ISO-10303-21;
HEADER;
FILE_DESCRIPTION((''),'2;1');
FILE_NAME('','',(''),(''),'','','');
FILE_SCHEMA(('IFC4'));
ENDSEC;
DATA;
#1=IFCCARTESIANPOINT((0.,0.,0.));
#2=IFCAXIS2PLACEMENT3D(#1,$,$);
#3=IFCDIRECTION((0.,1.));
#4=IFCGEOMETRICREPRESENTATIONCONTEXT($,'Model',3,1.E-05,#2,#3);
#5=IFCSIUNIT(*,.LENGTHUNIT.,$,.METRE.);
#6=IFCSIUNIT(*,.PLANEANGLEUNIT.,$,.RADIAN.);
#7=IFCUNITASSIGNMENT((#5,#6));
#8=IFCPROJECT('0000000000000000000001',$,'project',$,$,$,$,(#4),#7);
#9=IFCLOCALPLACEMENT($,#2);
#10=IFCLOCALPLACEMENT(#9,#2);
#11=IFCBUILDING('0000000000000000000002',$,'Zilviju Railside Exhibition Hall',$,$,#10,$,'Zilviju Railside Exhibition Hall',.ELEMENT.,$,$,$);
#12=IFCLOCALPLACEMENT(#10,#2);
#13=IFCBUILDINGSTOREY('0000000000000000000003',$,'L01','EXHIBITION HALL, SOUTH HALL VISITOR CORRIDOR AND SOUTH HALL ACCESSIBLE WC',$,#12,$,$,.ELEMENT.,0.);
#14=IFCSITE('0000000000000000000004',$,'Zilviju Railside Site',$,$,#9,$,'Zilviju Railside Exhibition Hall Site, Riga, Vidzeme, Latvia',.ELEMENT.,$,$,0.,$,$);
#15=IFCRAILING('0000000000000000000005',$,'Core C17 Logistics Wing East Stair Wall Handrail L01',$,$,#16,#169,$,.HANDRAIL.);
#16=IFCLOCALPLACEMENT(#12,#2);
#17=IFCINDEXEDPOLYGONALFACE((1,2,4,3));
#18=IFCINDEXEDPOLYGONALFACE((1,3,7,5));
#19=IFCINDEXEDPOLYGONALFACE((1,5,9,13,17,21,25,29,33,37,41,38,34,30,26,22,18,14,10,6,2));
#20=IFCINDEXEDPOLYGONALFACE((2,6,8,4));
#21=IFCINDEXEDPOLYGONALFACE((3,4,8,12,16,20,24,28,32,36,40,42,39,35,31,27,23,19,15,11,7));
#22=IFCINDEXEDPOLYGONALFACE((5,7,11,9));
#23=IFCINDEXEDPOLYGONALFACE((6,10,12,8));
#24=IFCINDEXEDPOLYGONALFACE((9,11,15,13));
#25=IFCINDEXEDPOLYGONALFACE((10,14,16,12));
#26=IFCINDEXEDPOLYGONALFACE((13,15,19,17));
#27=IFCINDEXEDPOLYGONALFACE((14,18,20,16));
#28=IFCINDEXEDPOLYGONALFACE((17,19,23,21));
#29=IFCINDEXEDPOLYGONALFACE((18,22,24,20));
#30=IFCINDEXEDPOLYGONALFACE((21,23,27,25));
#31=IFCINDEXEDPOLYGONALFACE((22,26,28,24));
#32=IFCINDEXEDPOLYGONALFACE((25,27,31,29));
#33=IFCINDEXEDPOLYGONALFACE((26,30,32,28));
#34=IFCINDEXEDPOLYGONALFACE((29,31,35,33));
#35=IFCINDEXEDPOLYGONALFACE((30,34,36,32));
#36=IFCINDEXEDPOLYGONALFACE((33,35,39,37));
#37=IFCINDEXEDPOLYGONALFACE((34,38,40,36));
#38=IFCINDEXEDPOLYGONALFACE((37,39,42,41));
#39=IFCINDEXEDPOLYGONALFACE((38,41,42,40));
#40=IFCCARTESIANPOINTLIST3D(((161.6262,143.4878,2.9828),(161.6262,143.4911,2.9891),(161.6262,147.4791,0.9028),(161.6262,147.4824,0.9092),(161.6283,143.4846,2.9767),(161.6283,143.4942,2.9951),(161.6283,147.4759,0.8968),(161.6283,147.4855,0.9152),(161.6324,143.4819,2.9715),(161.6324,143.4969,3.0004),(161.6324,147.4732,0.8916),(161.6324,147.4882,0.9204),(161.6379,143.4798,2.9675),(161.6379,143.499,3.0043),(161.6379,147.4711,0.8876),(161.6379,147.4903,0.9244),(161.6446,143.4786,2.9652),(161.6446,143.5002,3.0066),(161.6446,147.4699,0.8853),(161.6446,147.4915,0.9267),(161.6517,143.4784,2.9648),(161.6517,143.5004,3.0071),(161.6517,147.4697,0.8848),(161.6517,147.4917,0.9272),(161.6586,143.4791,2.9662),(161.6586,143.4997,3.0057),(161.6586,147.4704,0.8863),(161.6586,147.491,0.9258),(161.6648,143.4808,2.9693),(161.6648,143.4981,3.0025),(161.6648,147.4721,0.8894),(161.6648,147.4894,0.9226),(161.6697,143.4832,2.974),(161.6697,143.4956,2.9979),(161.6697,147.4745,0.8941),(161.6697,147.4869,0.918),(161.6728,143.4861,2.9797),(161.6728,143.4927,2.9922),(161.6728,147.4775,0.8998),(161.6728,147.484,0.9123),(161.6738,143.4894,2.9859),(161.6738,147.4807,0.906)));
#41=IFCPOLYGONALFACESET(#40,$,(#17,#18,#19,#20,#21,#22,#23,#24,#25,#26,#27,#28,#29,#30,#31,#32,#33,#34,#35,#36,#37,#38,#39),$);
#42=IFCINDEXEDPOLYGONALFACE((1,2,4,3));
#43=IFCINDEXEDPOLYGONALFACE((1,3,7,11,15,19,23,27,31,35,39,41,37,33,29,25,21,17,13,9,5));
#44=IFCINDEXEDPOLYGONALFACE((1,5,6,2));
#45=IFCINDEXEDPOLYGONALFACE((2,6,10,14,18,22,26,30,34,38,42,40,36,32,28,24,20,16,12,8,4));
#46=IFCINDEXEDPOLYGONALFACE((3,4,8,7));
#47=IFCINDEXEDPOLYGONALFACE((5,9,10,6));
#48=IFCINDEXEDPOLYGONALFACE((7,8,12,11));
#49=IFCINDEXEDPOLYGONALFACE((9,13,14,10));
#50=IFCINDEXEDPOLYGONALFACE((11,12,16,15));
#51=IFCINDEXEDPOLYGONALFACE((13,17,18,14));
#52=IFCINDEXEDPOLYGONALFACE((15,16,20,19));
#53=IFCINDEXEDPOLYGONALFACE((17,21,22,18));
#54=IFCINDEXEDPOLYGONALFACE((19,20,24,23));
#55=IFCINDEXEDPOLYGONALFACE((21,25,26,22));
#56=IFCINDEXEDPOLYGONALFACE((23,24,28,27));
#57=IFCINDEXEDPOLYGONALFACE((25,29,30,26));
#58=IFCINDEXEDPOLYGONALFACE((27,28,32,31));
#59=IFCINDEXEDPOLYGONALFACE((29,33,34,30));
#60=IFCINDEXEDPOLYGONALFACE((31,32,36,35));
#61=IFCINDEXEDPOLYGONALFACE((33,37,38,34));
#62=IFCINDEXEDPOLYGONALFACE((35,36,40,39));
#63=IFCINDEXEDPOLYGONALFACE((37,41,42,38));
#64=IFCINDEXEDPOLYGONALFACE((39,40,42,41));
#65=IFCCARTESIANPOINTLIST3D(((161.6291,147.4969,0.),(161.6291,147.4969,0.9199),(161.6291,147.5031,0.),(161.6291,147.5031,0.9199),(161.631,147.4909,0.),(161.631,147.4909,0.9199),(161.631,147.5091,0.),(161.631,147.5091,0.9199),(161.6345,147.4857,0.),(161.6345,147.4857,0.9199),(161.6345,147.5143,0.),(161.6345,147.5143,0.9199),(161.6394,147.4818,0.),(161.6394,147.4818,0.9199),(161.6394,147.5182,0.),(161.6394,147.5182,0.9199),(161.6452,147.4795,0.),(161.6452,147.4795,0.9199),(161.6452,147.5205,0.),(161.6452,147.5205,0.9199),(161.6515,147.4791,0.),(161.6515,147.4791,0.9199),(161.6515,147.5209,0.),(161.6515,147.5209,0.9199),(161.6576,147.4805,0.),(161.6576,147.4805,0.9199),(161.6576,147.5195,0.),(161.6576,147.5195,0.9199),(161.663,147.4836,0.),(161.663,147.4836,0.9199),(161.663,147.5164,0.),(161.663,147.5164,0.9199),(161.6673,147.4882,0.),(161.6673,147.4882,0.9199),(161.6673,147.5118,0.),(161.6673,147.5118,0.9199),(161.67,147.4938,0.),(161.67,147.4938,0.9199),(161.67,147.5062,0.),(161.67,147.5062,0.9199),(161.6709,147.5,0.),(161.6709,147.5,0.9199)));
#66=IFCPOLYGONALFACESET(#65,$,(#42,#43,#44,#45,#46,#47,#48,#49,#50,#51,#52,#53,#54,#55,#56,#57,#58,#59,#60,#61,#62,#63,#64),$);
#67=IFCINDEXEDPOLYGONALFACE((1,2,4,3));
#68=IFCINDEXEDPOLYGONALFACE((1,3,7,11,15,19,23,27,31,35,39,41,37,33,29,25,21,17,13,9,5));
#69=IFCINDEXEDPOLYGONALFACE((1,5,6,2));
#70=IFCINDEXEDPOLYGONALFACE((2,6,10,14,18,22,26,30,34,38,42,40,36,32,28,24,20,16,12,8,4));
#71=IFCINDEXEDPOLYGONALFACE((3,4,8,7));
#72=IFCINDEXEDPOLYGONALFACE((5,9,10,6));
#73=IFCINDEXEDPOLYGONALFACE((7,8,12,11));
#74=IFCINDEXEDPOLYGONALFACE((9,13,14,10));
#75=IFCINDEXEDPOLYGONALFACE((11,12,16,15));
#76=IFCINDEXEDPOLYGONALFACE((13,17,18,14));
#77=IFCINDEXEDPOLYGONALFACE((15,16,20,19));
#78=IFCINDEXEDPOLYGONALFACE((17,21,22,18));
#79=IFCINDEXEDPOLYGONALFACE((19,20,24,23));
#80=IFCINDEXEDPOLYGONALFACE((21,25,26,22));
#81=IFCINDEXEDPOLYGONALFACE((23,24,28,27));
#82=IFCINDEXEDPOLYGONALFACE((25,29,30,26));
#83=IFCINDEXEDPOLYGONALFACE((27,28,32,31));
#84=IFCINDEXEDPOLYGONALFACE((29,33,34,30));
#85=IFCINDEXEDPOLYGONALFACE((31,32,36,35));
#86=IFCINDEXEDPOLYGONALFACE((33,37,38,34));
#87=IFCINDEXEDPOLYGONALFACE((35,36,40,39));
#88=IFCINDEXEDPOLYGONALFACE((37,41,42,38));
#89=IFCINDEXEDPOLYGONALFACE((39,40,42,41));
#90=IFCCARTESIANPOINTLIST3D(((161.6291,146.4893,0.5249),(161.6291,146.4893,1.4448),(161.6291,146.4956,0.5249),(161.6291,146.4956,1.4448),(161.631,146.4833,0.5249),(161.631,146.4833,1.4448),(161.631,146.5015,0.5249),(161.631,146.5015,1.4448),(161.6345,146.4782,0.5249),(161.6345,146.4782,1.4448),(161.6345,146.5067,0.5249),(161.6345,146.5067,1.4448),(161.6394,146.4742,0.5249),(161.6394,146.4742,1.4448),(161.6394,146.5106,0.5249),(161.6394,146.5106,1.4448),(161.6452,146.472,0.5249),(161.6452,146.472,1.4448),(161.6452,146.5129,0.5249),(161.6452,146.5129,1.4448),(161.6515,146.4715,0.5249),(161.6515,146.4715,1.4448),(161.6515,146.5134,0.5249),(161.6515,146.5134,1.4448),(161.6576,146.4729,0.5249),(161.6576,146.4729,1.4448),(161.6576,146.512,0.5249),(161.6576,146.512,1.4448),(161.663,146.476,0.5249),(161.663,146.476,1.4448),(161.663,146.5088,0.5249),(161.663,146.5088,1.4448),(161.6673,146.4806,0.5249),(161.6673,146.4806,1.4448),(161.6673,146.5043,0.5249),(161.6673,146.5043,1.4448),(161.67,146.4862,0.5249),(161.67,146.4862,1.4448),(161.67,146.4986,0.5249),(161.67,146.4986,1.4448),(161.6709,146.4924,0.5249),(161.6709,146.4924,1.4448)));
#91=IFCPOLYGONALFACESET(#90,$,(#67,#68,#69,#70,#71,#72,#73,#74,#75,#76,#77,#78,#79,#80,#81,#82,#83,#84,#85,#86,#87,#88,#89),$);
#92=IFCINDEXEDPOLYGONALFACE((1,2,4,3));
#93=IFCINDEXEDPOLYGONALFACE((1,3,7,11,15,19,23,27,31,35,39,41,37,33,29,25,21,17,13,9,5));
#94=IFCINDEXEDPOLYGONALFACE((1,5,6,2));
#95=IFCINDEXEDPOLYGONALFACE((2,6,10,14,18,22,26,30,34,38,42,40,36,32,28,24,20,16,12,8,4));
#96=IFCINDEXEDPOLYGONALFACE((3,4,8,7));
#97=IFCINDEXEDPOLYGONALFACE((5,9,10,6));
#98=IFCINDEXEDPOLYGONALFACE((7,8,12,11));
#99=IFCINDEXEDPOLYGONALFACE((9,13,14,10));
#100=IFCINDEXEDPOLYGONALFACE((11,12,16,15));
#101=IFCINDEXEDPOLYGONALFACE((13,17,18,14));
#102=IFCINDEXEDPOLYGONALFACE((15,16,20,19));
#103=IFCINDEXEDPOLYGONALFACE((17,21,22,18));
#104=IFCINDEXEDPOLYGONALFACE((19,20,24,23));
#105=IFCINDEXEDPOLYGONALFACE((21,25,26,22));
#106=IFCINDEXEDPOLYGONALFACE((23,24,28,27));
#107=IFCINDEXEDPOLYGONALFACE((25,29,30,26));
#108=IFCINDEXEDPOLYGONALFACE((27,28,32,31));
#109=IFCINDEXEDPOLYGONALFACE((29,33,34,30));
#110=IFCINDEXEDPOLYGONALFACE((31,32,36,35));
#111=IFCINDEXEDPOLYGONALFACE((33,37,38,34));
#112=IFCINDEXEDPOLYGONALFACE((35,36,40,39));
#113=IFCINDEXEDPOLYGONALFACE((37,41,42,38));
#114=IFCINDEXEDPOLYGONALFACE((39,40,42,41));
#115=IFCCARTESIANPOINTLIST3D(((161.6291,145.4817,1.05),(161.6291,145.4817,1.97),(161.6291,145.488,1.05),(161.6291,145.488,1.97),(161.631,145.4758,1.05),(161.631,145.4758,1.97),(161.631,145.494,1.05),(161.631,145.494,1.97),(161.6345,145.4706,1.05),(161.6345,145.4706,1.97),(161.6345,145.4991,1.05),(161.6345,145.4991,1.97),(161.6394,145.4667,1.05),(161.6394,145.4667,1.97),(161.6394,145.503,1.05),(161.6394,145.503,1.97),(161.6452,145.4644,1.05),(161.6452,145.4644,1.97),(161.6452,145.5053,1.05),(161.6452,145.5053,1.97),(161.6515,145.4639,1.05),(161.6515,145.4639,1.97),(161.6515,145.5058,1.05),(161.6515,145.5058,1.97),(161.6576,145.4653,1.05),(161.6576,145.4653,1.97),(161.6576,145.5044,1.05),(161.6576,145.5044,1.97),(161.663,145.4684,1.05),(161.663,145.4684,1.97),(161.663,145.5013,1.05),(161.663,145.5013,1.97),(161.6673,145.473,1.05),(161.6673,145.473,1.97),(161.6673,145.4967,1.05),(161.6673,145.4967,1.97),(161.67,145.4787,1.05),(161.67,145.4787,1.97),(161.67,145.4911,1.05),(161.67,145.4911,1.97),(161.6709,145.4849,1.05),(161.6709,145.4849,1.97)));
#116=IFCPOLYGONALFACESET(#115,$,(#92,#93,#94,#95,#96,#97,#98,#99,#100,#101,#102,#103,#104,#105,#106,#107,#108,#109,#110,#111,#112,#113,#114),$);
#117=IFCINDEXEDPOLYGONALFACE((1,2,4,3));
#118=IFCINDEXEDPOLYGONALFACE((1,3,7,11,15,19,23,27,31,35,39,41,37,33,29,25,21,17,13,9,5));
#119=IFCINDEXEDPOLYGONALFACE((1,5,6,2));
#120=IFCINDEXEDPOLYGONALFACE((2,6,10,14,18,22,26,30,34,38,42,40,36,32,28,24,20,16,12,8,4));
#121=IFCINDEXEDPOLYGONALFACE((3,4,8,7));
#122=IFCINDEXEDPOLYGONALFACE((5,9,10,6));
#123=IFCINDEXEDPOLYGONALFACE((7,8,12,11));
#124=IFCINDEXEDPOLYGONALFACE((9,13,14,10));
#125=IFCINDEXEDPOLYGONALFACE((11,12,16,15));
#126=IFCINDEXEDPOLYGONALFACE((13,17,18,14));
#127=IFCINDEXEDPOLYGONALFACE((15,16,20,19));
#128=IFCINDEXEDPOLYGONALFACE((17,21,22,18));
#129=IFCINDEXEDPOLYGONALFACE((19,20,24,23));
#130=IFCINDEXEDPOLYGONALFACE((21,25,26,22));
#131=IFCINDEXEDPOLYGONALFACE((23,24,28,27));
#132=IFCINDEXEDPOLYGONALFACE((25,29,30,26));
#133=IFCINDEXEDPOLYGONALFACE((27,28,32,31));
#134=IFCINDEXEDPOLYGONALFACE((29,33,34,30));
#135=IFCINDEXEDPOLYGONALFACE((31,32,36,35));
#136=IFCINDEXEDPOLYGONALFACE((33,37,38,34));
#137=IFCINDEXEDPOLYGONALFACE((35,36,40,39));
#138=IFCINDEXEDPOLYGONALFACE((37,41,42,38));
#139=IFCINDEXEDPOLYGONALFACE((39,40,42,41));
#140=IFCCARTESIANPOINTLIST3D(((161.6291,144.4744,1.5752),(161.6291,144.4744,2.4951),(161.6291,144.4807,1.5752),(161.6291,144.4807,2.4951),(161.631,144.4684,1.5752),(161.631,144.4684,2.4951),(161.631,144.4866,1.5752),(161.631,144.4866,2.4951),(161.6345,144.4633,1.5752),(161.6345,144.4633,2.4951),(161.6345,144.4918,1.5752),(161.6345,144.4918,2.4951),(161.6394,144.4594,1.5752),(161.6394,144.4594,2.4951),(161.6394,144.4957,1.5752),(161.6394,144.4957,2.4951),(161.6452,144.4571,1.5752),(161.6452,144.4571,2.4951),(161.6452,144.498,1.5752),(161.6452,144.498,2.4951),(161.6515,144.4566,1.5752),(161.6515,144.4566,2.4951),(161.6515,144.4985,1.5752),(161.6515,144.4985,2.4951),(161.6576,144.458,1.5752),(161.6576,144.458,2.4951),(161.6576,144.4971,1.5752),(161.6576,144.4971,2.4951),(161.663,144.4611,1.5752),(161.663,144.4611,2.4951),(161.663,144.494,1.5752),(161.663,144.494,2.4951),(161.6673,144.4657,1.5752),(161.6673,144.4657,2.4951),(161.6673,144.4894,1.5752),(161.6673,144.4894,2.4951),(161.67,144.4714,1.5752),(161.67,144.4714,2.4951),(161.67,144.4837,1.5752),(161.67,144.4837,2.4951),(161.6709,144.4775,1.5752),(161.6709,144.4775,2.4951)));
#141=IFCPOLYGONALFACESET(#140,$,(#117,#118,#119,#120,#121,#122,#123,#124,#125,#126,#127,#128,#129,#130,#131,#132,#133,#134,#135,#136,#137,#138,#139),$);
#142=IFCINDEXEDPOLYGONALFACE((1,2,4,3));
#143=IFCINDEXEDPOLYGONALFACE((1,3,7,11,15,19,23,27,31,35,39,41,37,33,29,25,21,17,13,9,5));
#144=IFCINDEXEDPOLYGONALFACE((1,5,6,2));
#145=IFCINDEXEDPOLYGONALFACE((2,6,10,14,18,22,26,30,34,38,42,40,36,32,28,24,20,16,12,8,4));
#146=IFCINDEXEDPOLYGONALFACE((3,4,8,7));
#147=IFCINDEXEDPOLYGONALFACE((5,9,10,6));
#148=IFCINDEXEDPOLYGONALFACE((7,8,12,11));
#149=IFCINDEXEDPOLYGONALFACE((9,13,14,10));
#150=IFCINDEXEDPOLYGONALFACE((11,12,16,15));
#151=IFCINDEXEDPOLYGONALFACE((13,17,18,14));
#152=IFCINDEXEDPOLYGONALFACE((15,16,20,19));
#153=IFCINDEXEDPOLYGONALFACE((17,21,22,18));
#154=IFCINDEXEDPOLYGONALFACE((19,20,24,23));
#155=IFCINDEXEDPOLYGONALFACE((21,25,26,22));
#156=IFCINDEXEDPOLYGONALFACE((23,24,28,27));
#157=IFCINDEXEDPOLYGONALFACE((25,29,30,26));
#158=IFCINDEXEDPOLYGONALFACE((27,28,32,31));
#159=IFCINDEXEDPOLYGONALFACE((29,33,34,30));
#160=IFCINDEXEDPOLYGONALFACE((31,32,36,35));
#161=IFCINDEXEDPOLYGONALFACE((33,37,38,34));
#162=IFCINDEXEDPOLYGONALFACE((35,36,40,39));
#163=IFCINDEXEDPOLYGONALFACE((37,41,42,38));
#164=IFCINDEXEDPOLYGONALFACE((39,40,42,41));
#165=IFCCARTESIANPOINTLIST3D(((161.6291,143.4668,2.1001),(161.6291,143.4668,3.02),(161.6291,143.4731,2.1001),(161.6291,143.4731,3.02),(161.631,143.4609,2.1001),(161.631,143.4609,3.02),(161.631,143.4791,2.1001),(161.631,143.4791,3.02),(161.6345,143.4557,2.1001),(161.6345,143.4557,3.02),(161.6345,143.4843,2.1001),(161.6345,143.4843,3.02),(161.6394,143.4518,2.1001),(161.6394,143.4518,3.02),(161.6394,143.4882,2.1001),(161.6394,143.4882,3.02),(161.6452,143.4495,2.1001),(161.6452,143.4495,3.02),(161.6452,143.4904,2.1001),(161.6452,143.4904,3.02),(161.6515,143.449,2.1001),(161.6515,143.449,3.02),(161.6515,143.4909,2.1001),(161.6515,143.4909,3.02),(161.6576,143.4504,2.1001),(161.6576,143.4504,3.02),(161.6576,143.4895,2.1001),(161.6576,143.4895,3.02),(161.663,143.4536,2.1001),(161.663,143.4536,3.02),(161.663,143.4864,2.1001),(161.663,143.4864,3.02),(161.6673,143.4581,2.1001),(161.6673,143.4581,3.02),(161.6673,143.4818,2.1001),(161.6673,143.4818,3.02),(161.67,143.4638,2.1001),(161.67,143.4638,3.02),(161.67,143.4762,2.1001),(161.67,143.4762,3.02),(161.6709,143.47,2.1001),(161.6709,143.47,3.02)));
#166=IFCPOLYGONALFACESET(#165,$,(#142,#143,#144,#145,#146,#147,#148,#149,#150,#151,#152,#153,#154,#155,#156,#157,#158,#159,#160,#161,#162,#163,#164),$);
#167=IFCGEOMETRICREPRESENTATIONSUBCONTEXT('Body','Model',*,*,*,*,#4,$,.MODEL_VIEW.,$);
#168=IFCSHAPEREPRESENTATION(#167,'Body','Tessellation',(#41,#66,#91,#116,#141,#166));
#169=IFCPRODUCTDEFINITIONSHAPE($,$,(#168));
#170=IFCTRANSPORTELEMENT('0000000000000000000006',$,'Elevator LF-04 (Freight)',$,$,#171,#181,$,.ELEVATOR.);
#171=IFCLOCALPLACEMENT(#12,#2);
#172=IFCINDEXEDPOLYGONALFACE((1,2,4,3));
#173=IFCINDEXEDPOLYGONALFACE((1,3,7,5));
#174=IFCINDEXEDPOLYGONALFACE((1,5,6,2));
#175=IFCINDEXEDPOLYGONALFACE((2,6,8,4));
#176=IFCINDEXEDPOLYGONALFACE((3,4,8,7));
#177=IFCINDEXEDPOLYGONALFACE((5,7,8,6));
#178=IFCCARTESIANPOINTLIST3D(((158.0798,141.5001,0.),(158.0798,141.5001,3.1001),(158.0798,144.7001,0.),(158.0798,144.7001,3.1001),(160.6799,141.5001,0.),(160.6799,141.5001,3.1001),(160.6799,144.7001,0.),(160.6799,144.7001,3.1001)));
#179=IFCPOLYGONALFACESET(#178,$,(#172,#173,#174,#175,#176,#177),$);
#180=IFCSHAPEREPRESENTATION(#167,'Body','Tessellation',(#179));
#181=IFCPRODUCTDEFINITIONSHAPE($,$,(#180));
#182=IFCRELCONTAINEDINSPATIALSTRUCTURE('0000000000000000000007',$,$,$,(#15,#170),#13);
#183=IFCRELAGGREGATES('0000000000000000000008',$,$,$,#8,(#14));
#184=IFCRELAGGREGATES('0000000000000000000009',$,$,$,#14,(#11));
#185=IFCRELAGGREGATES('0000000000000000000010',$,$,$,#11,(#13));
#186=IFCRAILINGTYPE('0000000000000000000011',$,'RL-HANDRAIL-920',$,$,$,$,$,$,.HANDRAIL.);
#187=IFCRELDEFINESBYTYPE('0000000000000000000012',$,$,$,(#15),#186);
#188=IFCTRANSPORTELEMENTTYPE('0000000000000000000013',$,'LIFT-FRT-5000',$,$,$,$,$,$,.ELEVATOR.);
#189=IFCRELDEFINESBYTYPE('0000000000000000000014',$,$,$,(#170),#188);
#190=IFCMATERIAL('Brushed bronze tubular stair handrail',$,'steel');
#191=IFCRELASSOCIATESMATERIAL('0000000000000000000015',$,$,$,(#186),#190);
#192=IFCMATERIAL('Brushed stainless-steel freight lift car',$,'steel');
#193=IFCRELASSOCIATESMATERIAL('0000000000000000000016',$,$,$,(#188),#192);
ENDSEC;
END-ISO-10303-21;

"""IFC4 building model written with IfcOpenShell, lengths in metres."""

from ifc_helpers import new_model, si_unit, direction, frame, origin, origin_2d, place, context, subcontext, project, spatial, rectangle, circle, extrude, material, type_object, element, save


model = new_model("IFC4")

# Units and contexts
model_context = context("Model", 3, precision=1e-05, world=origin(), true_north=direction((0.0, 1.0)))
body_context = subcontext(model_context, "Body", "Model", "MODEL_VIEW")
ifc_project = project(units=[si_unit("LENGTHUNIT", "METRE"), si_unit("PLANEANGLEUNIT", "RADIAN")], contexts=[model_context])

# Site, building, storey
site_placement = place(None, origin())
site = spatial("IfcSite", under=ifc_project, at=site_placement, Name="Zilviju Railside Site", LongName="Zilviju Railside Exhibition Hall Site, Riga, Vidzeme, Latvia", CompositionType="ELEMENT", RefElevation=0.0)
building_placement = place(site_placement, origin())
building = spatial("IfcBuilding", under=site, at=building_placement, Name="Zilviju Railside Exhibition Hall", LongName="Zilviju Railside Exhibition Hall", CompositionType="ELEMENT")
storey_placement = place(building_placement, origin())
storey = spatial("IfcBuildingStorey", under=building, at=storey_placement, Name="L01", Description="EXHIBITION HALL, SOUTH HALL VISITOR CORRIDOR AND SOUTH HALL ACCESSIBLE WC", CompositionType="ELEMENT", Elevation=0.0)

# Railing
ifc_material_1 = material(Name="Brushed bronze tubular stair handrail", Category="steel")
railing_type_1 = type_object("IfcRailingType", Name="RL-HANDRAIL-920", PredefinedType="HANDRAIL", material=ifc_material_1)
railing_1_placement = place(storey_placement, frame((161.6499, 147.5, 0.0)))
element("IfcRailing", 1, at=railing_1_placement, inside=storey, type_object=railing_type_1, Name="Core C17 Logistics Wing East Stair Wall Handrail L01", PredefinedType="HANDRAIL", context=body_context, shape_type="SweptSolid", body=[
    extrude(circle(Radius=0.0239, at=origin_2d()), frame((0.0, -0.0193, 0.906), z_axis=(0.0, -0.886813, 0.462129), x_axis=(1.0, 0.0, 0.0)), (0.0, 0.0, 1.0), 4.5007),
    extrude(circle(Radius=0.021, at=origin_2d()), origin(), (0.0, 0.0, 1.0), 0.9199),
    extrude(circle(Radius=0.021, at=origin_2d()), frame((0.0, -1.0076, 0.5249)), (0.0, 0.0, 1.0), 0.9199),
    extrude(circle(Radius=0.021, at=origin_2d()), frame((0.0, -2.0151, 1.05)), (0.0, 0.0, 1.0), 0.9199),
    extrude(circle(Radius=0.021, at=origin_2d()), frame((0.0, -3.0225, 1.5752)), (0.0, 0.0, 1.0), 0.9199),
    extrude(circle(Radius=0.021, at=origin_2d()), frame((0.0, -4.03, 2.1001)), (0.0, 0.0, 1.0), 0.9199),
])

# Transport element
ifc_material_2 = material(Name="Brushed stainless-steel freight lift car", Category="steel")
transport_element_type = type_object("IfcTransportElementType", Name="LIFT-FRT-5000", PredefinedType="ELEVATOR", material=ifc_material_2)
transport_element_placement = place(storey_placement, frame((159.3799, 143.1001, 0.0), z_axis=(0.0, 0.0, 1.0), x_axis=(1.0, 0.0, 0.0)))
element("IfcTransportElement", 2, at=transport_element_placement, inside=storey, type_object=transport_element_type, Name="Elevator LF-04 (Freight)", PredefinedType="ELEVATOR", context=body_context, shape_type="SweptSolid", body=[
    extrude(rectangle(XDim=2.6001, YDim=3.2, at=origin_2d()), origin(), (0.0, 0.0, 1.0), 3.1001),
])

save(model, "model.ifc")
